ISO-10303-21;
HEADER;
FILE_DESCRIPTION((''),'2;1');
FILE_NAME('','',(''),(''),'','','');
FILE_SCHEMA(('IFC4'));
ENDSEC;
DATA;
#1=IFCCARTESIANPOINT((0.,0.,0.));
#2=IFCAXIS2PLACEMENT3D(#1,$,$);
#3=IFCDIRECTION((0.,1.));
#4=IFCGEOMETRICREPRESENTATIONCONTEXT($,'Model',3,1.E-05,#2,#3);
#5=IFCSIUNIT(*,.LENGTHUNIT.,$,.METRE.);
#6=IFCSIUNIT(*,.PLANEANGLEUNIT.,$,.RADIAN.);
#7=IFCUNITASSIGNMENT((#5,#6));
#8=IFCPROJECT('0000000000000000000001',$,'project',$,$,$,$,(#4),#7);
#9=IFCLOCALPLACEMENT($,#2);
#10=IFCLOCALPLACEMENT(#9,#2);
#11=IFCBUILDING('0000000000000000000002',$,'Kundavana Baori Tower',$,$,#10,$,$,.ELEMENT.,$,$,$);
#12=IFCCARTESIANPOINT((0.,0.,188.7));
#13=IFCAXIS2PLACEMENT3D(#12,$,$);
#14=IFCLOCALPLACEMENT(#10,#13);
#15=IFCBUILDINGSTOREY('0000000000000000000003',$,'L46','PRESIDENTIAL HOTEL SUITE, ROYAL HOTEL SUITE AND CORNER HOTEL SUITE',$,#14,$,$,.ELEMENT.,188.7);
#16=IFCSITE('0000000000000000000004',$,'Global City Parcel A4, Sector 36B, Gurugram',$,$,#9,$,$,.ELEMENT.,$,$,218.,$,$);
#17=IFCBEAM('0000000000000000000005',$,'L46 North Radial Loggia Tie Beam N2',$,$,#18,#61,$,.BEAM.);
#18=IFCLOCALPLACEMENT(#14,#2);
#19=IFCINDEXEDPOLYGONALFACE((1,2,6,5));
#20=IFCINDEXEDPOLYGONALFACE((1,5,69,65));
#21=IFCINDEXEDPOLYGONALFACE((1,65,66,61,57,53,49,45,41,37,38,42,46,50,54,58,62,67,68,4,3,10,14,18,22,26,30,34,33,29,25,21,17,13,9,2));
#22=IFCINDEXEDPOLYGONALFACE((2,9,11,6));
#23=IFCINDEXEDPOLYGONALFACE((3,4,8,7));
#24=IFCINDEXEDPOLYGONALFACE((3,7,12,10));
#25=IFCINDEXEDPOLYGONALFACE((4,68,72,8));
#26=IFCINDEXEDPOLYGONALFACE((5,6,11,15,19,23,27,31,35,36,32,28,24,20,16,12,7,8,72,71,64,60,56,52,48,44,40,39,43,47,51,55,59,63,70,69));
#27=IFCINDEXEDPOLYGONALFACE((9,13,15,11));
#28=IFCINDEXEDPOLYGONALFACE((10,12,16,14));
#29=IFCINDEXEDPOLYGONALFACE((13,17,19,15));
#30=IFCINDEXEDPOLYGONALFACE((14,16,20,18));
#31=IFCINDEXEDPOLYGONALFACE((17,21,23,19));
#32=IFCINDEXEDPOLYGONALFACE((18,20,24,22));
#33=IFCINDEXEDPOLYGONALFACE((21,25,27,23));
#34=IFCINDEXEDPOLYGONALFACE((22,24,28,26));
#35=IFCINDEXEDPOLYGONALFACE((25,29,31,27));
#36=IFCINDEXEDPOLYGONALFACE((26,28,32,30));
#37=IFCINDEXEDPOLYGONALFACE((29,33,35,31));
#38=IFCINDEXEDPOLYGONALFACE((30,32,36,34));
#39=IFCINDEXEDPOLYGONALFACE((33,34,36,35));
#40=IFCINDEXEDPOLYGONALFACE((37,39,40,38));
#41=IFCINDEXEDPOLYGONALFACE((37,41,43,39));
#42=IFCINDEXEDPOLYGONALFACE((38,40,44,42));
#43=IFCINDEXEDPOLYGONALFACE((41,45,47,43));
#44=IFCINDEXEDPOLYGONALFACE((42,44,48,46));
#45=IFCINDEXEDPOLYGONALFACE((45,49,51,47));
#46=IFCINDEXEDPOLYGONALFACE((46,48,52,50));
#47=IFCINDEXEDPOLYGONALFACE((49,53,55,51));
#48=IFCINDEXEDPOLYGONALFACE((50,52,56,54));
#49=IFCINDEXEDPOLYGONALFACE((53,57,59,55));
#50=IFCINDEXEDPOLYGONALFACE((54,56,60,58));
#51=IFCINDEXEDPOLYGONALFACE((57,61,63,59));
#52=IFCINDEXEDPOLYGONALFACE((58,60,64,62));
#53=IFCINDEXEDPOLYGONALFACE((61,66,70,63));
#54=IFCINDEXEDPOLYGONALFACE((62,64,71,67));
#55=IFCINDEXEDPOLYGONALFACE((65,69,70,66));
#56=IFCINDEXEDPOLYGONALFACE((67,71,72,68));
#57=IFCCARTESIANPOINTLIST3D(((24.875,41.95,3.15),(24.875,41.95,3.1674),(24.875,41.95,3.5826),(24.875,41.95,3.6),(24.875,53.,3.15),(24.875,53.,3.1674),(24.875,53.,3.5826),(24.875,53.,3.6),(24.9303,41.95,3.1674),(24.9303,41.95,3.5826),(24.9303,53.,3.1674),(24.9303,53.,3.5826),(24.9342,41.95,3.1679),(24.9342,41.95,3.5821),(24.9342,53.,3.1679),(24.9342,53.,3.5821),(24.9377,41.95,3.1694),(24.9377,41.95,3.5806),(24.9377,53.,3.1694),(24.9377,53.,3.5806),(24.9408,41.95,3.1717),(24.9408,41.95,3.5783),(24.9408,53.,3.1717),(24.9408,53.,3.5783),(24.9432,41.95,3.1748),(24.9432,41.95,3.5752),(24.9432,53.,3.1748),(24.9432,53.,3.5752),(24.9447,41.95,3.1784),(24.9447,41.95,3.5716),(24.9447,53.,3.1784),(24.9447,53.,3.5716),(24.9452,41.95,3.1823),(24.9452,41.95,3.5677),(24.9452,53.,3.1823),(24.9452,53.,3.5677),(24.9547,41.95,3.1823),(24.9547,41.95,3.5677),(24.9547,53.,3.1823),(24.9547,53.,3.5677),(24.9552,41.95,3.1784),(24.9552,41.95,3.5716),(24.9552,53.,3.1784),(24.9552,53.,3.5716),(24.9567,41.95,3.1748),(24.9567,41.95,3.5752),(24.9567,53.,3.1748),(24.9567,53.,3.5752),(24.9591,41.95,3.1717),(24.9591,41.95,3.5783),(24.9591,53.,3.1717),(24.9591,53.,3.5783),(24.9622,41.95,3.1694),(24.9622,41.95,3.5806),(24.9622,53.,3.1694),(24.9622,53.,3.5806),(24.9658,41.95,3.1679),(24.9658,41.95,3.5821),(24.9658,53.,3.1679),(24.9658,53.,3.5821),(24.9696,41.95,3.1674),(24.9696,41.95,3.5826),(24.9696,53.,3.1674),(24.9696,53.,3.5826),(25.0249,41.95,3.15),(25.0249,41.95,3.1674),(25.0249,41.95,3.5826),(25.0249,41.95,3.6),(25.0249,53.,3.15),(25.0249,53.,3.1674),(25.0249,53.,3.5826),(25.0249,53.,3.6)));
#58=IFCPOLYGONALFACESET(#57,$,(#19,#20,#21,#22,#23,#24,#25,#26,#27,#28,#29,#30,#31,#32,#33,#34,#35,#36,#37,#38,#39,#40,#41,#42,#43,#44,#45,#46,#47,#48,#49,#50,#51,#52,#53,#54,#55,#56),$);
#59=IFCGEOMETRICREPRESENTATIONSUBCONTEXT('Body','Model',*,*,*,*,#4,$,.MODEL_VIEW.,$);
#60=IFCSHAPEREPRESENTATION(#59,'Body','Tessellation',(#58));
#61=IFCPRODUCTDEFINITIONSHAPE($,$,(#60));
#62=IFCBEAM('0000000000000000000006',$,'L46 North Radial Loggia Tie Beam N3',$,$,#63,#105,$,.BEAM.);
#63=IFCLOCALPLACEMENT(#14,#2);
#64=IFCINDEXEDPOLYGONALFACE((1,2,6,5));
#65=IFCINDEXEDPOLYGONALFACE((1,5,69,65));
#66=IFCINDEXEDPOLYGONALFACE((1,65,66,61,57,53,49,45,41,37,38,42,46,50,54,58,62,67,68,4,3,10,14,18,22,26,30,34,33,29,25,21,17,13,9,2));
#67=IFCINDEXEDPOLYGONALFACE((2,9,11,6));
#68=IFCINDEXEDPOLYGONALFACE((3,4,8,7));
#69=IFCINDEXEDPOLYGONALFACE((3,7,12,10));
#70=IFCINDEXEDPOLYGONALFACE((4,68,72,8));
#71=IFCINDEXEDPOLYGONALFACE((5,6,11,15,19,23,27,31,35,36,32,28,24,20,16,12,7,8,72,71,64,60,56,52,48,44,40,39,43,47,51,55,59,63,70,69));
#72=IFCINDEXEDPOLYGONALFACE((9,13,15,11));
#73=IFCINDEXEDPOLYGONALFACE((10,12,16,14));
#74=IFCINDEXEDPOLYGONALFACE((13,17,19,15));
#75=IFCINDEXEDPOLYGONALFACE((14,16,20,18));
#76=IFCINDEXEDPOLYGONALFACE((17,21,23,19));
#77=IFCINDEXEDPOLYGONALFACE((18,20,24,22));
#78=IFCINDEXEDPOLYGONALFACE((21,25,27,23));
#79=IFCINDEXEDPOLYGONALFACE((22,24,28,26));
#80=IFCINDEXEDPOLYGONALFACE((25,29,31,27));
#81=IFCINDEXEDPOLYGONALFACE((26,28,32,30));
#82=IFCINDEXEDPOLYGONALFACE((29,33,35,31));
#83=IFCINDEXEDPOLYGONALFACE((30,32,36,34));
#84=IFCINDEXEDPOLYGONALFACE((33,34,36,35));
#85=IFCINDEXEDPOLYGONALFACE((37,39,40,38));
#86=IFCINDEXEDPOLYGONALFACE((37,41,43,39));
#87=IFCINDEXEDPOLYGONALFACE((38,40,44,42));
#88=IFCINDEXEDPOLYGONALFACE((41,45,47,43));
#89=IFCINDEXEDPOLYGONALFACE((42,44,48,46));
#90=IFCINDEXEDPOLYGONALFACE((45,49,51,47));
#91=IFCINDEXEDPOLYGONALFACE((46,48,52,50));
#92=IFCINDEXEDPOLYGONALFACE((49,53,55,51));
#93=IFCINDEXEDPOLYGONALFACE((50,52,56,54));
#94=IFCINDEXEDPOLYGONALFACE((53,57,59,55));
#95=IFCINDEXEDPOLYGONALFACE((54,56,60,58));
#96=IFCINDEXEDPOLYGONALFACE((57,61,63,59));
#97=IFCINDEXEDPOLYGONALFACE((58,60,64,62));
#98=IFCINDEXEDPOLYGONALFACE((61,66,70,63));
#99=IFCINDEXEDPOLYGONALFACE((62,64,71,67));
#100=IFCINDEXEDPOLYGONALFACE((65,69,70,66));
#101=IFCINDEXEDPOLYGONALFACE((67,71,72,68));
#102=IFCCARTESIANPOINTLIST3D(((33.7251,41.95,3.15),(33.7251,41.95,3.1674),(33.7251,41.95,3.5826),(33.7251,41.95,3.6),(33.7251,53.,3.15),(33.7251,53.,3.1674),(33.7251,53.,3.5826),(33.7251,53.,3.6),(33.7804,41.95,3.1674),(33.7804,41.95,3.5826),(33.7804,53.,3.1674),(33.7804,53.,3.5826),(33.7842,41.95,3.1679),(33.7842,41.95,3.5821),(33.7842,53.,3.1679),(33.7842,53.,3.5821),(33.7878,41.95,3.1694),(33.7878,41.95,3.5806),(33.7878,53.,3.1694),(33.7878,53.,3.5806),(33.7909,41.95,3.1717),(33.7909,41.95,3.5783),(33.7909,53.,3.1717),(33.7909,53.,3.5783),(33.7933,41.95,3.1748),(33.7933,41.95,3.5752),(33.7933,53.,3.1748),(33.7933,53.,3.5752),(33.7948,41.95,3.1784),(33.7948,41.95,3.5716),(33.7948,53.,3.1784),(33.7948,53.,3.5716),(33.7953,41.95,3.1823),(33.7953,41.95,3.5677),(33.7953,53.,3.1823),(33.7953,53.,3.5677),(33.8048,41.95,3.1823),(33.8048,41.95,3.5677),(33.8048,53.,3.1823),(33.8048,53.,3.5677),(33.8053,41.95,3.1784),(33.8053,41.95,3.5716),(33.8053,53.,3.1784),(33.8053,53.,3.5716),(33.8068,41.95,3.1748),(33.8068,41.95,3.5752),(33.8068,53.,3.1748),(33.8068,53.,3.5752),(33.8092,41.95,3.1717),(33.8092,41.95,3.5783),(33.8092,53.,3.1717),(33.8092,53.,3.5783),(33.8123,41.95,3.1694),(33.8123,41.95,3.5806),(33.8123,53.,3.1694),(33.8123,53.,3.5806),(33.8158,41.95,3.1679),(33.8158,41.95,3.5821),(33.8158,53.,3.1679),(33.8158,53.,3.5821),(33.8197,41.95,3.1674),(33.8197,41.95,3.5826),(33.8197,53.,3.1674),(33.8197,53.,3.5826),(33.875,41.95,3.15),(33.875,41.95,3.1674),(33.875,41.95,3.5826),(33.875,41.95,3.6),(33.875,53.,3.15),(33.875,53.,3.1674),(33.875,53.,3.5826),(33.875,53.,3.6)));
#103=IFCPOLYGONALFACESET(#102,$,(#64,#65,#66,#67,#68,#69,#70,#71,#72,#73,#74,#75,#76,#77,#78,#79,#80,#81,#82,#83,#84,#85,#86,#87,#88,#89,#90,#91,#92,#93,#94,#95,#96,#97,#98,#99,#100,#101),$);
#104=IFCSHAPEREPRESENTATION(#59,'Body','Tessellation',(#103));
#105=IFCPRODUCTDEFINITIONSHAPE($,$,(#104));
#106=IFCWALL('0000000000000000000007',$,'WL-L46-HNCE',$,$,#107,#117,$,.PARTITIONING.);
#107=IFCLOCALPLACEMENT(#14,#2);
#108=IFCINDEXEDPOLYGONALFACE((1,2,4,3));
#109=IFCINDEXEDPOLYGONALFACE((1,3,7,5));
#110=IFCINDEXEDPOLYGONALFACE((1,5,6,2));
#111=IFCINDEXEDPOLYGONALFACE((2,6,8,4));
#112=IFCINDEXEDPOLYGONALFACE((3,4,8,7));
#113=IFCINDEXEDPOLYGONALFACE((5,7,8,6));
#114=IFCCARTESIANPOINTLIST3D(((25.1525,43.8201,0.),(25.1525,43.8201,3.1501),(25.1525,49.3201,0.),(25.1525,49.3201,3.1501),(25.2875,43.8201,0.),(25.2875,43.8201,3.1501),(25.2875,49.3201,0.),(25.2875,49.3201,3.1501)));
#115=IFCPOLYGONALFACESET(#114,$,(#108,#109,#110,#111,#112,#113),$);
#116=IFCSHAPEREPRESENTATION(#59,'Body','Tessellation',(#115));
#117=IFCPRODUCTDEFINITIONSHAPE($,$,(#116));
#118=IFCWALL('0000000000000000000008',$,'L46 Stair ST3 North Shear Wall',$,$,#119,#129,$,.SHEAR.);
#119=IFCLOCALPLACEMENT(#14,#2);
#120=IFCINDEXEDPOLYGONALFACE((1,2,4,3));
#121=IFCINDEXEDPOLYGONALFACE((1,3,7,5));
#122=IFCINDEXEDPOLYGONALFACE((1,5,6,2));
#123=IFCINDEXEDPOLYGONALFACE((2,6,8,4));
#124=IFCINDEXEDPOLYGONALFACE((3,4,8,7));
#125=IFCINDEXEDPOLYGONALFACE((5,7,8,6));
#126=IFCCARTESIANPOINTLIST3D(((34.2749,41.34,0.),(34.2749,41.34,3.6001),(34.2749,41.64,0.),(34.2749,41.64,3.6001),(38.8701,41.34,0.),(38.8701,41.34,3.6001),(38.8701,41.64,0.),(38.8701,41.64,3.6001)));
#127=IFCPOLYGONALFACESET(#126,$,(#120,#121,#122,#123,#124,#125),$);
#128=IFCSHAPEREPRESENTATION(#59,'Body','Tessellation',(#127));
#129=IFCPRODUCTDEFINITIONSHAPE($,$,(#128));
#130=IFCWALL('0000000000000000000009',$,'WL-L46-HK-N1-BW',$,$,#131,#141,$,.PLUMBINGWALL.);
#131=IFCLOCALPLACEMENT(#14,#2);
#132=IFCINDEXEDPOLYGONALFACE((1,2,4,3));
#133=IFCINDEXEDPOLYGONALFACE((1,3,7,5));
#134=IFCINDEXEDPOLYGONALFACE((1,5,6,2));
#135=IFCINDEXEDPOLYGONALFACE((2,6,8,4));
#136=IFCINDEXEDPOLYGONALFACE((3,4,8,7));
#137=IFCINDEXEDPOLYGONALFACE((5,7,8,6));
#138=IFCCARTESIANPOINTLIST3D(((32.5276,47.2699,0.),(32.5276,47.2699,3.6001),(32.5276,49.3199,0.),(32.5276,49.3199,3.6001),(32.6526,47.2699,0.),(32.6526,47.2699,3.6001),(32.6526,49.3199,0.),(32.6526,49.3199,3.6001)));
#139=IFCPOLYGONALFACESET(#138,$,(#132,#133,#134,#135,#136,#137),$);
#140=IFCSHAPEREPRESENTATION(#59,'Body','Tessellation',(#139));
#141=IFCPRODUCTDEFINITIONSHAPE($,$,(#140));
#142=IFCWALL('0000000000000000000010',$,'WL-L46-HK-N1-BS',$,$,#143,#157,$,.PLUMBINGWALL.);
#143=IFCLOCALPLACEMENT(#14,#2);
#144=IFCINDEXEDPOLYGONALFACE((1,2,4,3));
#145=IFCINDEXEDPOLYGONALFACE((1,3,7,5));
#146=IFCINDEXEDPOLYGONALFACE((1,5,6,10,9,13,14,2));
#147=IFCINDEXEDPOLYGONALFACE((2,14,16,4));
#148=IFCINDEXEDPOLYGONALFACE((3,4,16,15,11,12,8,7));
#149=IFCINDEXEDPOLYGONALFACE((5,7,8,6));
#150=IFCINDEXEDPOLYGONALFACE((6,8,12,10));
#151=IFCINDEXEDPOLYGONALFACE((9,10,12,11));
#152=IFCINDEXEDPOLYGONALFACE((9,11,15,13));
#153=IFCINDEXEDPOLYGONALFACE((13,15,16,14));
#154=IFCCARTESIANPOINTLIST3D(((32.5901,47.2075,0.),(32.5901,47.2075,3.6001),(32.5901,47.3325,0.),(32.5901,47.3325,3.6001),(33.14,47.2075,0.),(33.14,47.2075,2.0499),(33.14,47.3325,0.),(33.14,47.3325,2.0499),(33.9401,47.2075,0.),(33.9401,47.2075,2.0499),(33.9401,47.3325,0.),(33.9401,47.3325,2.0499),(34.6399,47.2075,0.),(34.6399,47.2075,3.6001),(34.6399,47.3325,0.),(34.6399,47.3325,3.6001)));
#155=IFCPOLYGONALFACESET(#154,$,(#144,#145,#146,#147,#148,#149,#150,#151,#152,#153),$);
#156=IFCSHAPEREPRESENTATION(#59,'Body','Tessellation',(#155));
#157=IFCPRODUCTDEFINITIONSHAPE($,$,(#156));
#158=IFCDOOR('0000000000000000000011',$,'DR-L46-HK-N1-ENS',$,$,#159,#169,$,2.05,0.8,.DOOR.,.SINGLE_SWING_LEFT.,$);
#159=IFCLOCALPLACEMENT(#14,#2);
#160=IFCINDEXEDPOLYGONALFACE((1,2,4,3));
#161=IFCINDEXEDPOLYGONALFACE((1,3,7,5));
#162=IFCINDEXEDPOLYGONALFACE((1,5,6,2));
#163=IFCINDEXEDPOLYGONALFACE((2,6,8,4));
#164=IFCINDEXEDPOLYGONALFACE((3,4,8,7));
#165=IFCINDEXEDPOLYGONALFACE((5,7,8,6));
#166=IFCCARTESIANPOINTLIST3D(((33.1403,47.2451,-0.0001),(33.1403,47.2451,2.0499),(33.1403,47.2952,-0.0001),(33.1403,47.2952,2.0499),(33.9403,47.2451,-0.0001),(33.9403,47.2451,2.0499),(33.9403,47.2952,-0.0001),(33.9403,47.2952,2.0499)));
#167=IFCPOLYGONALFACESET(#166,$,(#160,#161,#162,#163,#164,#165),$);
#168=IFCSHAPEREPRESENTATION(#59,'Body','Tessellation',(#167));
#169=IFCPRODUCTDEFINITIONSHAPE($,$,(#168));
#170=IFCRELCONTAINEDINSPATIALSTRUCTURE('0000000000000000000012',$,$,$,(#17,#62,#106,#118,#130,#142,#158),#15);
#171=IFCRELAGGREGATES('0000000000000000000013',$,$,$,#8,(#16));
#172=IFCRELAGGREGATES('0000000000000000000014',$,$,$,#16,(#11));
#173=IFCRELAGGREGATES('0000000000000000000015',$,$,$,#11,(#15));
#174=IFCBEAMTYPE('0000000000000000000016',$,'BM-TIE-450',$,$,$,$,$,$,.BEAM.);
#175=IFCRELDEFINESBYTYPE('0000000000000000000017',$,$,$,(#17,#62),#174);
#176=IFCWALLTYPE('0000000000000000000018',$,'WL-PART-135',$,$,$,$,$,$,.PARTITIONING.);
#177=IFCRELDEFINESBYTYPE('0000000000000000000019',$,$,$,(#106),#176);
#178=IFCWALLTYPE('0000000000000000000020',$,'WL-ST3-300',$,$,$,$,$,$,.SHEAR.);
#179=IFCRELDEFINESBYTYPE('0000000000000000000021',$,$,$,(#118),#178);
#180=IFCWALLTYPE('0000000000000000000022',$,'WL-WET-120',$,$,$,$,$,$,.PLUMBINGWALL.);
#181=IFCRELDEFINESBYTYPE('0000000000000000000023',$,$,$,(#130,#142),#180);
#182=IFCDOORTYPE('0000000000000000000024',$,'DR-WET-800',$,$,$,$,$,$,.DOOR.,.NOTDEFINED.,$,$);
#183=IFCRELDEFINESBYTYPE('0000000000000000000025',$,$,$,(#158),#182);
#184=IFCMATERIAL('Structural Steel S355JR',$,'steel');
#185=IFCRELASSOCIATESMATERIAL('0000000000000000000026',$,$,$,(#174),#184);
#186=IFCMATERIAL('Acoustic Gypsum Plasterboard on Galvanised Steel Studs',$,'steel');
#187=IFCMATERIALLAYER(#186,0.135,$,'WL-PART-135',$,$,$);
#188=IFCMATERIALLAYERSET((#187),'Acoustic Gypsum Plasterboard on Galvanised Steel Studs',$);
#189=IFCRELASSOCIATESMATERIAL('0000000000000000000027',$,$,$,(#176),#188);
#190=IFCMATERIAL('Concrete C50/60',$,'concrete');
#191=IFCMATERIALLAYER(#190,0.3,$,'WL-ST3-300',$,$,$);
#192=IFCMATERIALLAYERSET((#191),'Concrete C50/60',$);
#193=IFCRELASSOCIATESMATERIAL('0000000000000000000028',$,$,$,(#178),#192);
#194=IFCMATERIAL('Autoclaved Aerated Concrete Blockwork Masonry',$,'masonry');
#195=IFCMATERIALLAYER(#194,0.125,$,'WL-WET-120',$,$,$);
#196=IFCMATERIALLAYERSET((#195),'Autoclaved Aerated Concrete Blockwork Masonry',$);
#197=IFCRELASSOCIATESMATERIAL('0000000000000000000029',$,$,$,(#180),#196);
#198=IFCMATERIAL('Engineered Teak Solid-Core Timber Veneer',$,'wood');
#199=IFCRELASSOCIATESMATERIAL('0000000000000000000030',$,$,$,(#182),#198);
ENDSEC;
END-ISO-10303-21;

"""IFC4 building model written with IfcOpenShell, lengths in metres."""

from ifc_helpers import new_model, si_unit, direction, frame, frame_2d, origin, origin_2d, place, context, subcontext, project, spatial, rectangle, i_section, extrude, material, layer, layer_set, material_profile, profile_set, type_object, element, fill, save


model = new_model("IFC4")

# Units and contexts
model_context = context("Model", 3, precision=1e-05, world=origin(), true_north=direction((0.0, 1.0)))
body_context = subcontext(model_context, "Body", "Model", "MODEL_VIEW")
ifc_project = project(units=[si_unit("LENGTHUNIT", "METRE"), si_unit("PLANEANGLEUNIT", "RADIAN")], contexts=[model_context])

# Site, building, storey
site_placement = place(None, origin())
site = spatial("IfcSite", under=ifc_project, at=site_placement, Name="Global City Parcel A4, Sector 36B, Gurugram", CompositionType="ELEMENT", RefElevation=218.0)
building_placement = place(site_placement, origin())
building = spatial("IfcBuilding", under=site, at=building_placement, Name="Kundavana Baori Tower", CompositionType="ELEMENT")
storey_placement = place(building_placement, frame((0.0, 0.0, 188.7)))
storey = spatial("IfcBuildingStorey", under=building, at=storey_placement, Name="L46", Description="PRESIDENTIAL HOTEL SUITE, ROYAL HOTEL SUITE AND CORNER HOTEL SUITE", CompositionType="ELEMENT", Elevation=188.7)

# Beams
ifc_material_1 = material(Name="Structural Steel S355JR", Category="steel")
ifc_material_profile_1 = material_profile(ifc_material_1, i_section(OverallWidth=0.1499, OverallDepth=0.45, WebThickness=0.0095, FlangeThickness=0.0173, FilletRadius=0.0149, at=origin_2d()), Name="ISMB 450")
ifc_profile_set_1 = profile_set([ifc_material_profile_1], Name="Structural Steel S355JR")
beam_type_1 = type_object("IfcBeamType", Name="BM-TIE-450", PredefinedType="BEAM", material=ifc_profile_set_1)
for number, where, z_axis, x_axis, name in (
    (1, (24.95, 41.95, 3.375), (0.0, 1.0, 0.0), (-1.0, 0.0, 0.0), "L46 North Radial Loggia Tie Beam N2"),
    (2, (33.8, 41.95, 3.375), (0.0, 1.0, 0.0), (-1.0, 0.0, 0.0), "L46 North Radial Loggia Tie Beam N3"),
):
    element("IfcBeam", number, at=place(storey_placement, frame(where, z_axis=z_axis, x_axis=x_axis)), inside=storey, type_object=beam_type_1, Name=name, PredefinedType="BEAM", context=body_context, shape_type="SweptSolid", body=[
        extrude(i_section(OverallWidth=0.1499, OverallDepth=0.45, WebThickness=0.0095, FlangeThickness=0.0173, FilletRadius=0.0149, at=origin_2d()), origin(), (0.0, 0.0, 1.0), 11.05),
    ])

# Walls
ifc_material_2 = material(Name="Acoustic Gypsum Plasterboard on Galvanised Steel Studs", Category="steel")
ifc_layer_1 = layer(ifc_material_2, 0.135, Name="WL-PART-135")
ifc_layer_set_1 = layer_set([ifc_layer_1], Name="Acoustic Gypsum Plasterboard on Galvanised Steel Studs")
wall_type_1 = type_object("IfcWallType", Name="WL-PART-135", PredefinedType="PARTITIONING", material=ifc_layer_set_1)
wall_1_placement = place(storey_placement, frame((25.22, 43.8201, 0.0), z_axis=(0.0, 0.0, 1.0), x_axis=(0.0, 1.0, 0.0)))
element("IfcWall", 3, at=wall_1_placement, inside=storey, type_object=wall_type_1, Name="WL-L46-HNCE", PredefinedType="PARTITIONING", context=body_context, shape_type="SweptSolid", body=[
    extrude(rectangle(XDim=5.5, YDim=0.135, at=frame_2d((2.75, 0.0))), origin(), (0.0, 0.0, 1.0), 3.1501),
])
ifc_material_3 = material(Name="Concrete C50/60", Category="concrete")
ifc_layer_2 = layer(ifc_material_3, 0.3, Name="WL-ST3-300")
ifc_layer_set_2 = layer_set([ifc_layer_2], Name="Concrete C50/60")
wall_type_2 = type_object("IfcWallType", Name="WL-ST3-300", PredefinedType="SHEAR", material=ifc_layer_set_2)
wall_2_placement = place(storey_placement, frame((34.2749, 41.49, 0.0), z_axis=(0.0, 0.0, 1.0), x_axis=(1.0, 0.0, 0.0)))
element("IfcWall", 4, at=wall_2_placement, inside=storey, type_object=wall_type_2, Name="L46 Stair ST3 North Shear Wall", PredefinedType="SHEAR", context=body_context, shape_type="SweptSolid", body=[
    extrude(rectangle(XDim=4.5952, YDim=0.3, at=frame_2d((2.2976, 0.0))), origin(), (0.0, 0.0, 1.0), 3.6001),
])
ifc_material_4 = material(Name="Autoclaved Aerated Concrete Blockwork Masonry", Category="masonry")
ifc_layer_3 = layer(ifc_material_4, 0.125, Name="WL-WET-120")
ifc_layer_set_3 = layer_set([ifc_layer_3], Name="Autoclaved Aerated Concrete Blockwork Masonry")
wall_type_3 = type_object("IfcWallType", Name="WL-WET-120", PredefinedType="PLUMBINGWALL", material=ifc_layer_set_3)
wall_3_placement = place(storey_placement, frame((32.5901, 47.27, 0.0), z_axis=(0.0, 0.0, 1.0), x_axis=(0.0, 1.0, 0.0)))
element("IfcWall", 5, at=wall_3_placement, inside=storey, type_object=wall_type_3, Name="WL-L46-HK-N1-BW", PredefinedType="PLUMBINGWALL", context=body_context, shape_type="SweptSolid", body=[
    extrude(rectangle(XDim=2.05, YDim=0.125, at=frame_2d((1.0249, 0.0))), origin(), (0.0, 0.0, 1.0), 3.6001),
])

# Wall, opening, door
wall_4_placement = place(storey_placement, frame((32.5901, 47.27, 0.0), z_axis=(0.0, 0.0, 1.0), x_axis=(1.0, 0.0, 0.0)))
wall_4 = element("IfcWall", 6, at=wall_4_placement, inside=storey, type_object=wall_type_3, Name="WL-L46-HK-N1-BS", PredefinedType="PLUMBINGWALL", context=body_context, shape_type="SweptSolid", body=[
    extrude(rectangle(XDim=2.0498, YDim=0.125, at=frame_2d((1.0249, 0.0))), origin(), (0.0, 0.0, 1.0), 3.6001),
])
opening_placement = place(wall_4_placement, frame((0.55, 0.0, 0.0)))
opening = element("IfcOpeningElement", 7, at=opening_placement, cuts=wall_4, PredefinedType="OPENING", context=body_context, shape_type="SweptSolid", body=[
    extrude(rectangle(XDim=0.8, YDim=2.05, at=frame_2d((0.3999, 1.0249))), frame((0.0, 0.0725, 0.0), z_axis=(0.0, -1.0, 0.0), x_axis=(1.0, 0.0, 0.0)), (0.0, 0.0, 1.0), 0.145),
])
ifc_material_5 = material(Name="Engineered Teak Solid-Core Timber Veneer", Category="wood")
door_type = type_object("IfcDoorType", Name="DR-WET-800", OperationType="NOTDEFINED", PredefinedType="DOOR", material=ifc_material_5)
door_placement = place(opening_placement, frame((0.8, 0.0, 0.0), z_axis=(0.0, 0.0, 1.0), x_axis=(-1.0, 0.0, 0.0)))
door = element("IfcDoor", 8, at=door_placement, inside=storey, type_object=door_type, Name="DR-L46-HK-N1-ENS", OperationType="SINGLE_SWING_LEFT", OverallHeight=2.05, OverallWidth=0.8, PredefinedType="DOOR", context=body_context, shape_type="SweptSolid", body=[
    extrude(rectangle(XDim=0.8, YDim=2.05, at=frame_2d((0.3999, 1.0249))), frame((0.0, 0.0249, 0.0), z_axis=(0.0, -1.0, 0.0), x_axis=(1.0, 0.0, 0.0)), (0.0, 0.0, 1.0), 0.05),
])
fill(opening, door)

save(model, "model.ifc")
